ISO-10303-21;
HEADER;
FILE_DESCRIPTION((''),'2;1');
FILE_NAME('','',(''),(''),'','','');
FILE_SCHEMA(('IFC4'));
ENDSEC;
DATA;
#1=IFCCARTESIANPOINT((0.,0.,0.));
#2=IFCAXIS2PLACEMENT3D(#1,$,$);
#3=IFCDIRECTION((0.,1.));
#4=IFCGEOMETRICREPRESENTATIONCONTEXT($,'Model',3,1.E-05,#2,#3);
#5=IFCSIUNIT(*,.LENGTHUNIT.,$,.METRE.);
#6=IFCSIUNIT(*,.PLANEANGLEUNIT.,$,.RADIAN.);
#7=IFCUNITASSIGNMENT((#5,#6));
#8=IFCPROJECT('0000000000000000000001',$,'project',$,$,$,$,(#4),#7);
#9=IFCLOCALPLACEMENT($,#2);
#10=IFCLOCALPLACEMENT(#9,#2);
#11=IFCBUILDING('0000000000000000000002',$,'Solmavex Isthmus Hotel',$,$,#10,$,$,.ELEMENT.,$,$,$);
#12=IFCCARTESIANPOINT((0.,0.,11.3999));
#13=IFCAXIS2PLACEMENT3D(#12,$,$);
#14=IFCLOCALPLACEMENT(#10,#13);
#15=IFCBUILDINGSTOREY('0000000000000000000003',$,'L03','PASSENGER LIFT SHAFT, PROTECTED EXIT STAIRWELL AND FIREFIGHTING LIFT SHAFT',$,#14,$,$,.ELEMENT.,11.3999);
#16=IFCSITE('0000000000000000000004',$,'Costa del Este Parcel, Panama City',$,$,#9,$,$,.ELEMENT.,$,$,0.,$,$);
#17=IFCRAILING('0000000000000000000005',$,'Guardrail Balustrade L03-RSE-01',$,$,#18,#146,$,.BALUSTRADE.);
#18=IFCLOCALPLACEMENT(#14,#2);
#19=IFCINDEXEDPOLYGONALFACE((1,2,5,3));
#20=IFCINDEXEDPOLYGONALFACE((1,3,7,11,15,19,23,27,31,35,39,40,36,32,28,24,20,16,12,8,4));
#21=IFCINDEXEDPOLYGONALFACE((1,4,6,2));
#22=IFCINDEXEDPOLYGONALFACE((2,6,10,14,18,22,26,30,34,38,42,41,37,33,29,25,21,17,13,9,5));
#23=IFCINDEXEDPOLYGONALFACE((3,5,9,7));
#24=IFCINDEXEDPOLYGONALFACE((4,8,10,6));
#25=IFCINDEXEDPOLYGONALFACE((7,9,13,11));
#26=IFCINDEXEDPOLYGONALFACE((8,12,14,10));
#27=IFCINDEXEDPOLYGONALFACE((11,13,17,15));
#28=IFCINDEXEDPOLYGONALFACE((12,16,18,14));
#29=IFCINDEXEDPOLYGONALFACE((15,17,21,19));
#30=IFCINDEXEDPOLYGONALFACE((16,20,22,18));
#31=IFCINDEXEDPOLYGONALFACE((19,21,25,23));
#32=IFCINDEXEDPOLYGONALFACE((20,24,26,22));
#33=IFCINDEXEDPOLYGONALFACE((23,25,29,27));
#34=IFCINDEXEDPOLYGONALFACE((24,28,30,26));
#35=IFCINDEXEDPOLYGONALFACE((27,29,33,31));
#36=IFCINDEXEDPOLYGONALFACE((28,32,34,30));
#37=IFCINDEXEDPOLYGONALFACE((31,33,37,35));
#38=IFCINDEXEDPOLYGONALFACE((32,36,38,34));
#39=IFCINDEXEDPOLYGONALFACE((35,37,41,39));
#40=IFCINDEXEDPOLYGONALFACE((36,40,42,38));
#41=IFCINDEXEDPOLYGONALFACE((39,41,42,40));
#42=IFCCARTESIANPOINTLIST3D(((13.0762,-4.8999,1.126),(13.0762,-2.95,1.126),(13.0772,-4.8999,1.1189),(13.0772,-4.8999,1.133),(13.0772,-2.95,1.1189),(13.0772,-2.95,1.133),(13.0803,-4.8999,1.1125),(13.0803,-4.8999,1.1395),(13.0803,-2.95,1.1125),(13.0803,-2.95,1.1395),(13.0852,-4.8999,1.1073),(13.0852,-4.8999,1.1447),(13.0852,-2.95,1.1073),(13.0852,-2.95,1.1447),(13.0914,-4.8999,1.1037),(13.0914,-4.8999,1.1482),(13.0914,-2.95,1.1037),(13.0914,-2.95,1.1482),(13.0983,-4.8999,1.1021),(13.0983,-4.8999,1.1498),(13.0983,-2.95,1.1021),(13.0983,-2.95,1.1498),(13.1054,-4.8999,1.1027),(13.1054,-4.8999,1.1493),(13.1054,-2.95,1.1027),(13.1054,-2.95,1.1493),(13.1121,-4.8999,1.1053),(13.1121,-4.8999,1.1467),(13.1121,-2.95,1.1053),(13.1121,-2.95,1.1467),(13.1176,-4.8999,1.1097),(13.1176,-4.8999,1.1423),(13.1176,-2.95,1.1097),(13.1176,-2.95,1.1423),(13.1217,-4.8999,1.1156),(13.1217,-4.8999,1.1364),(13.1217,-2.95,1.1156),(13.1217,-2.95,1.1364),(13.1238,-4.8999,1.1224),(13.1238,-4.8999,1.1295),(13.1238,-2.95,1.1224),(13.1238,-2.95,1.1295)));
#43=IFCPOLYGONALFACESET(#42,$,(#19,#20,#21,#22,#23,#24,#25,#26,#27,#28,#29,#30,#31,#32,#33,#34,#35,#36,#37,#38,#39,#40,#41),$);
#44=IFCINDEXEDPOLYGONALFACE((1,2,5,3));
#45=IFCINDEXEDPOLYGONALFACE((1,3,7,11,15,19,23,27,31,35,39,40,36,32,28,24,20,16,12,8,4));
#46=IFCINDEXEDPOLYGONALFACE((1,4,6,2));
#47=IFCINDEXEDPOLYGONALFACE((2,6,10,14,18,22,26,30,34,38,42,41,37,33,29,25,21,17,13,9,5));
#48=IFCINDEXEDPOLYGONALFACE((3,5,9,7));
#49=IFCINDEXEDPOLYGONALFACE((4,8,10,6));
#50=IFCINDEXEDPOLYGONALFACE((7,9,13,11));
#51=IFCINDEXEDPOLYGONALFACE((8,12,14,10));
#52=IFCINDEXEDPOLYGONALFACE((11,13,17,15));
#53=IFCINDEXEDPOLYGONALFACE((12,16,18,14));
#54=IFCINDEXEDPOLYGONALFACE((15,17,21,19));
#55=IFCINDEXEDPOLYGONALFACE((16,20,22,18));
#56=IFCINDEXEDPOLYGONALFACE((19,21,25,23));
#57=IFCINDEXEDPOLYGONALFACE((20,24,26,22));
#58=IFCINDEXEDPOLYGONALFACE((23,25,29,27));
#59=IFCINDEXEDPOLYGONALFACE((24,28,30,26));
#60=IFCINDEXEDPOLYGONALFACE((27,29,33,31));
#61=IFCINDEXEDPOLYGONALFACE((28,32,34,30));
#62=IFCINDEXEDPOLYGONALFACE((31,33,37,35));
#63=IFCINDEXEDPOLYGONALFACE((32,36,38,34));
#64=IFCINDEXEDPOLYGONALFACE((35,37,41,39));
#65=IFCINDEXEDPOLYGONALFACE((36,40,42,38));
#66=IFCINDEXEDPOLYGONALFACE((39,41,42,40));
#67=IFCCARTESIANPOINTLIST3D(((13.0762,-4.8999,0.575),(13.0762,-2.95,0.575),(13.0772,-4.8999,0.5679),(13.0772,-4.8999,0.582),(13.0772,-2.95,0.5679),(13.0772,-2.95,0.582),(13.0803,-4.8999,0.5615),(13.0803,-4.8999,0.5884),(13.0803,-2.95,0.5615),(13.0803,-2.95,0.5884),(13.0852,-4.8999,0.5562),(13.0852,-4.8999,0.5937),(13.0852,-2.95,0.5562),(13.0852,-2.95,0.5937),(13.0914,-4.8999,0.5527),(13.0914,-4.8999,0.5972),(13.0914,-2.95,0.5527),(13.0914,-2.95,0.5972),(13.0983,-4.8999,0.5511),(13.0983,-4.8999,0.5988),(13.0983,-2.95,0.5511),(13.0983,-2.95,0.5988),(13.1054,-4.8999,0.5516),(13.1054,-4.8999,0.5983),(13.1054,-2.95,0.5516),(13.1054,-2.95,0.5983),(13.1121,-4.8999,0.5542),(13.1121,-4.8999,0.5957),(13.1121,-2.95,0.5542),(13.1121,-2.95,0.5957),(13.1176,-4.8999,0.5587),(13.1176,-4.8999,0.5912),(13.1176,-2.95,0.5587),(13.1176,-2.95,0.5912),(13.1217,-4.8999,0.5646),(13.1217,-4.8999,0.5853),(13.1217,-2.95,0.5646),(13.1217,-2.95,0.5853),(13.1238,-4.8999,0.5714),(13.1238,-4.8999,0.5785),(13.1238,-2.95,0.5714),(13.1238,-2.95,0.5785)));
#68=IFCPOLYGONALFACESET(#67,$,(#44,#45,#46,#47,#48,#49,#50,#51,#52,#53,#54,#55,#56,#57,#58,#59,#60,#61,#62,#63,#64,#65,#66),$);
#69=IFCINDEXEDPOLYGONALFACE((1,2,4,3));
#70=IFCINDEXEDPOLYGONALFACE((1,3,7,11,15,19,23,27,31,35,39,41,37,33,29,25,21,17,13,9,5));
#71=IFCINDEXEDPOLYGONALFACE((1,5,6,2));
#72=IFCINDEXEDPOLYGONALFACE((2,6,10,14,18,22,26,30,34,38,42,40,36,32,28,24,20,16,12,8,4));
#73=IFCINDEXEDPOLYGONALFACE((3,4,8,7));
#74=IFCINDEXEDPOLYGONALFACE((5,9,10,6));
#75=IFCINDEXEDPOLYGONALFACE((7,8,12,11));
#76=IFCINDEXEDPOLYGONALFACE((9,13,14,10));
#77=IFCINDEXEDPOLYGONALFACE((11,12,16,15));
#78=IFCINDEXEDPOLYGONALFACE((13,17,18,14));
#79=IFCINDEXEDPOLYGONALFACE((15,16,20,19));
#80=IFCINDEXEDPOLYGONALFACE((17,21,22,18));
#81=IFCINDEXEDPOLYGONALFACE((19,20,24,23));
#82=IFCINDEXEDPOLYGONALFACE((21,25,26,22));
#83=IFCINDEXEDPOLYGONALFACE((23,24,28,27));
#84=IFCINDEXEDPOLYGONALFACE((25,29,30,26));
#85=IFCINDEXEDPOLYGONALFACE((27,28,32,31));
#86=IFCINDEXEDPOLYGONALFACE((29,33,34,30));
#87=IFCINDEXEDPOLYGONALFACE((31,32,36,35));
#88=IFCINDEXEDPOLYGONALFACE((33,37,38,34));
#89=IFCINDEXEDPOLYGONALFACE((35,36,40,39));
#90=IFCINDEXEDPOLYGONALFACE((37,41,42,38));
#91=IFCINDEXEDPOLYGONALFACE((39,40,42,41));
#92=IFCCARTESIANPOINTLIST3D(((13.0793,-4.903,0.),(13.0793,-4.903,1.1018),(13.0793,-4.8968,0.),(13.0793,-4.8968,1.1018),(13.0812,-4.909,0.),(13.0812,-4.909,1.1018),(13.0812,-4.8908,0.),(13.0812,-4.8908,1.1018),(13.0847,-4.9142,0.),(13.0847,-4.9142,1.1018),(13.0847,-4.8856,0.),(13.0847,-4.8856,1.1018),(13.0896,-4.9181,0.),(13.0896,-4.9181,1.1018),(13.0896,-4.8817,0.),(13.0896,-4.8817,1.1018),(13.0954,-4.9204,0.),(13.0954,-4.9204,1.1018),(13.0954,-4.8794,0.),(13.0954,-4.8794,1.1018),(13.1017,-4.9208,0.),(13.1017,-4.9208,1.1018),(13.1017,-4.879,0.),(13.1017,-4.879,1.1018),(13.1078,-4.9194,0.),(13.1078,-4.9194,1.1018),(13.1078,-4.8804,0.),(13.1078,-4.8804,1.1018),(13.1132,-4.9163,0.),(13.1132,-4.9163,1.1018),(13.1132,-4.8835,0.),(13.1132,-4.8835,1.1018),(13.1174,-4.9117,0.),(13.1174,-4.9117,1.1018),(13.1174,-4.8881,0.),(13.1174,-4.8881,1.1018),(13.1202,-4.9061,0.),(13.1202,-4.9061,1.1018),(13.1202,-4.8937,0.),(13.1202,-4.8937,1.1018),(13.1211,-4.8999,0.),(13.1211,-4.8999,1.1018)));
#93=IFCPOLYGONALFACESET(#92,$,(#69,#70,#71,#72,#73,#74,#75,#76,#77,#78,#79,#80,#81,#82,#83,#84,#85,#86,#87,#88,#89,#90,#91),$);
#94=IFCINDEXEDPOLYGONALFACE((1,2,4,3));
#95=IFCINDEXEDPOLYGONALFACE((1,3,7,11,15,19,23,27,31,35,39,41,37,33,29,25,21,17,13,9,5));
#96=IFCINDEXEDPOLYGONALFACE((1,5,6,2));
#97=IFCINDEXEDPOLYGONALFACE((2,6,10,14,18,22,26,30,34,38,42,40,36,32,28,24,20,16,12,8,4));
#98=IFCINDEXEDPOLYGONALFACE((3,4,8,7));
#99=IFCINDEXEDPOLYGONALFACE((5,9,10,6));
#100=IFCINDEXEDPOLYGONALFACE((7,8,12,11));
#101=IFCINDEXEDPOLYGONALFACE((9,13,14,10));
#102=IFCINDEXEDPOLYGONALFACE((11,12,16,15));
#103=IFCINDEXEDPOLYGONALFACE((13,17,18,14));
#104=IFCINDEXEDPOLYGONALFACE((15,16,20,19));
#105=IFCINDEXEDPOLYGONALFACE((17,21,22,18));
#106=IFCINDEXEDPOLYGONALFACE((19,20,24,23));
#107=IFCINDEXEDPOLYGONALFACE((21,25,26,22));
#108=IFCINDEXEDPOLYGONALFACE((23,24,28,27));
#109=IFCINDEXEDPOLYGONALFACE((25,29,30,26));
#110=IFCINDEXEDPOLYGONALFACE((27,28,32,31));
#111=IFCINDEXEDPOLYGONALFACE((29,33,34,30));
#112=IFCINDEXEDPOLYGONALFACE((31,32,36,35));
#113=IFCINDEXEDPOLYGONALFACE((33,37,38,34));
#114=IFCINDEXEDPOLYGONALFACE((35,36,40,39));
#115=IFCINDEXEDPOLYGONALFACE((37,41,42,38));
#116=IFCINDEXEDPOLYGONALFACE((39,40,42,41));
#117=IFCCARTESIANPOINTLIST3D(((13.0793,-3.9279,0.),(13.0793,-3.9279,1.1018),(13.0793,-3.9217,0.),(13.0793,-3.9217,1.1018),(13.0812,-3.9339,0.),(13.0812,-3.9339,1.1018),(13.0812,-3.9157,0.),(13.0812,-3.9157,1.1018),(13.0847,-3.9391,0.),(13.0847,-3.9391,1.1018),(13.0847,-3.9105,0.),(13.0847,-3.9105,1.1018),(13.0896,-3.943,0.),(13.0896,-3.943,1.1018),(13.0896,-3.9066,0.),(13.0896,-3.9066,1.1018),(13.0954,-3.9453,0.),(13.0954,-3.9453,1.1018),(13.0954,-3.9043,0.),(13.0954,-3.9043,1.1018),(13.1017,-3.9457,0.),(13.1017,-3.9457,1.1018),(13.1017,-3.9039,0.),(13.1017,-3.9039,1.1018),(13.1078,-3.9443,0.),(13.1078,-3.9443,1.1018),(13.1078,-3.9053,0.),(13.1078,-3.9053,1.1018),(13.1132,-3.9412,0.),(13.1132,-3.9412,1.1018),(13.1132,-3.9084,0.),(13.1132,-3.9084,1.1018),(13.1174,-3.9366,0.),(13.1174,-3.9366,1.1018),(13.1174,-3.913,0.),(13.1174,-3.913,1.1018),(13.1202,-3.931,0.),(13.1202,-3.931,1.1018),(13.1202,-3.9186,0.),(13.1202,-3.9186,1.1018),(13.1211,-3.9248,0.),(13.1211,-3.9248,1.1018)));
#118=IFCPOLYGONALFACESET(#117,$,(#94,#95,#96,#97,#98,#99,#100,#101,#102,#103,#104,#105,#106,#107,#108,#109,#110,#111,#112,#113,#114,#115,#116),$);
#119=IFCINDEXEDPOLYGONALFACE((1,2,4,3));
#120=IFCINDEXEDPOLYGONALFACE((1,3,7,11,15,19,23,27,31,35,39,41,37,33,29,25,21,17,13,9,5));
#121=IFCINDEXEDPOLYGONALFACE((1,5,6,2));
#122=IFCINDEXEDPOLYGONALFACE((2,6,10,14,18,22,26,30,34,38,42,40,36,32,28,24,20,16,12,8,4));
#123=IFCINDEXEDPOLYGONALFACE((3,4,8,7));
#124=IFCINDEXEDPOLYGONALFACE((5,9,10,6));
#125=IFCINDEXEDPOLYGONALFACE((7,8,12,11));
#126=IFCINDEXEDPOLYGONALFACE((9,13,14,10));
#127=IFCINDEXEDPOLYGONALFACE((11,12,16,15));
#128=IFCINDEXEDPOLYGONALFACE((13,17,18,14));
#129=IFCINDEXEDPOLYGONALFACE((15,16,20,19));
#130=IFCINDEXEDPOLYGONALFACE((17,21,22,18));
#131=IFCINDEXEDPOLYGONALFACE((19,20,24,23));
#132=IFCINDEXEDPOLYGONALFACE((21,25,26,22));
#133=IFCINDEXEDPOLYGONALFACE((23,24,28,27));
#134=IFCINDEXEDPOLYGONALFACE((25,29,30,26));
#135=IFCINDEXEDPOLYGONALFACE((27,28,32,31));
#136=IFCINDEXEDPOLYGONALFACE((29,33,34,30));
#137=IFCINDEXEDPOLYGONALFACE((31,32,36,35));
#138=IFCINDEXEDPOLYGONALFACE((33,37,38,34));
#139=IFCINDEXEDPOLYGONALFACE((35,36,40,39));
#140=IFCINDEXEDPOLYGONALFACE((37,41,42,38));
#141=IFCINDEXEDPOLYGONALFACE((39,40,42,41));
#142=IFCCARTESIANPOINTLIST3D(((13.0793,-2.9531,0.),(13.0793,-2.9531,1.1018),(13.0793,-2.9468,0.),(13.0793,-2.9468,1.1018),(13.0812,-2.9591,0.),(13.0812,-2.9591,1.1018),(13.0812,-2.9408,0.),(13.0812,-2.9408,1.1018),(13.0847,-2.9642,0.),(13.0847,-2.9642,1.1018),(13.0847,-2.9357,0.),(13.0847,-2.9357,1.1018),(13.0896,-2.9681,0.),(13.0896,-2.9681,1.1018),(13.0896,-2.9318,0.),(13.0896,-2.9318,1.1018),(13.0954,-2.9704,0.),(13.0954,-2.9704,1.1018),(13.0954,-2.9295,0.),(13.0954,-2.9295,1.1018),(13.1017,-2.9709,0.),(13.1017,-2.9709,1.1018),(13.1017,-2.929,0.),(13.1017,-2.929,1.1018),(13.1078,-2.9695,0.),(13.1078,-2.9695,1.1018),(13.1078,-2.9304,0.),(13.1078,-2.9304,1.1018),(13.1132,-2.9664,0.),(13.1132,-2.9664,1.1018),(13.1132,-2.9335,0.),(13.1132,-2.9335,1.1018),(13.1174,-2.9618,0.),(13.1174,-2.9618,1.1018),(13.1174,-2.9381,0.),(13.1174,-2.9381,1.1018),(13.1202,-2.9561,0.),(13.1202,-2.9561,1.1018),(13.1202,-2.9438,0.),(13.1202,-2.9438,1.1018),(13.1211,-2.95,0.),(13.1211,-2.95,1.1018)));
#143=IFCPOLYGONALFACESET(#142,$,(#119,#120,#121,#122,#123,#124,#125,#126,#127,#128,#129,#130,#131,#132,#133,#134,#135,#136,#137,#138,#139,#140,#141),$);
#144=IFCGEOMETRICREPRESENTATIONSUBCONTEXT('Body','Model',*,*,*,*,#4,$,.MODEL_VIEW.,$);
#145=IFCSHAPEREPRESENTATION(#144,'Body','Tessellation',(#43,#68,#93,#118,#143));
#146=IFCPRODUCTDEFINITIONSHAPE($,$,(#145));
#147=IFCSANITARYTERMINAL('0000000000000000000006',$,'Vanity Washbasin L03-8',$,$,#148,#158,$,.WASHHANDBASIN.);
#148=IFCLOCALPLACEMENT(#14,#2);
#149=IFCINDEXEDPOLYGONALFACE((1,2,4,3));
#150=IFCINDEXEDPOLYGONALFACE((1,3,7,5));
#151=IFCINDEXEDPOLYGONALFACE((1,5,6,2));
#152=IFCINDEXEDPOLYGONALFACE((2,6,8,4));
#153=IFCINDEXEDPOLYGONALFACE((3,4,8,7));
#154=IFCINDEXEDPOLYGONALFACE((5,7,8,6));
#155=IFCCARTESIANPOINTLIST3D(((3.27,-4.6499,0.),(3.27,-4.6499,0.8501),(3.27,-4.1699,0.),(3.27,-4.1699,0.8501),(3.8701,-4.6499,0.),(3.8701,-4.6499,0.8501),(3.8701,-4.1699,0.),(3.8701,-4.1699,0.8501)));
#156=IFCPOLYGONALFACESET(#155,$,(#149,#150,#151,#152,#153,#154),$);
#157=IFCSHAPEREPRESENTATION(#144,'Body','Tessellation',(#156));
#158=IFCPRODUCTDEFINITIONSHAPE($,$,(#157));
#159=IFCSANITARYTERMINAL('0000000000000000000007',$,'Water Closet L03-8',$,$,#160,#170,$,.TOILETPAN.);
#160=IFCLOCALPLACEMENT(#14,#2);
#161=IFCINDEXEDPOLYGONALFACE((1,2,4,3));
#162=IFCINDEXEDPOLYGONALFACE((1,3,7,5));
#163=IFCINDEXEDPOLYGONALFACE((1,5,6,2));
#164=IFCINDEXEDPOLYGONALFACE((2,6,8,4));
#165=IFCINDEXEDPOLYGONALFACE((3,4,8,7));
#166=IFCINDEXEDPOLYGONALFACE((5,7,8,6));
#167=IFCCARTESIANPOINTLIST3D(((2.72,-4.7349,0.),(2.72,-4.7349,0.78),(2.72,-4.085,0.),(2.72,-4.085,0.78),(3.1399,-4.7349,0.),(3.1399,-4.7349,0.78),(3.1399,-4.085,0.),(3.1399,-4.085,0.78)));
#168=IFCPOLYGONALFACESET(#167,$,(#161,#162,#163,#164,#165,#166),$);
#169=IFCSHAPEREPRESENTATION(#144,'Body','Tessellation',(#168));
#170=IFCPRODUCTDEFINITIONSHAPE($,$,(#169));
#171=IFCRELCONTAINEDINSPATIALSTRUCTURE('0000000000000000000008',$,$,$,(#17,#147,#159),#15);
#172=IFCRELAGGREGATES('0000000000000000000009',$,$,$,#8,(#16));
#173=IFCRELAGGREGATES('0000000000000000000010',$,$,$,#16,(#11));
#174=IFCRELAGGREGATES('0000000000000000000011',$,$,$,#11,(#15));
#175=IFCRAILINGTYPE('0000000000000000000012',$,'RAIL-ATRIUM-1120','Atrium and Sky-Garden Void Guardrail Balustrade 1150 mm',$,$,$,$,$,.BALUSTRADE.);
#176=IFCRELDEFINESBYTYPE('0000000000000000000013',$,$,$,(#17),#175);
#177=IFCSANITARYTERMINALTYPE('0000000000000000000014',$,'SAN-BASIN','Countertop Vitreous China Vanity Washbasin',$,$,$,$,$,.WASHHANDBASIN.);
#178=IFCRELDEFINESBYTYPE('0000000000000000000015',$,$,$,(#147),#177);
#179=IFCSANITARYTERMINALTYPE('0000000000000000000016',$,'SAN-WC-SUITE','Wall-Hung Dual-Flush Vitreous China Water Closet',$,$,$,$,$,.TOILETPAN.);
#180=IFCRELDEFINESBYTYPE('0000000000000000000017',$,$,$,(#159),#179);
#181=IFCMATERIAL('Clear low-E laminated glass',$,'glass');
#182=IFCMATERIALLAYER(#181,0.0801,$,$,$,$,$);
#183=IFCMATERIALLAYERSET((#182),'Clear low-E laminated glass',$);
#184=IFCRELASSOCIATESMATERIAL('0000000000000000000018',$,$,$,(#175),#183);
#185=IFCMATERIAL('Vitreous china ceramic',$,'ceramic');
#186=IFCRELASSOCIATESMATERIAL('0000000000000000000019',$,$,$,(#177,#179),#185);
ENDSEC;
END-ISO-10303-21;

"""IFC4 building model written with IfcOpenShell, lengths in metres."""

from ifc_helpers import new_model, si_unit, direction, frame, origin, origin_2d, place, context, subcontext, project, spatial, rectangle, circle, extrude, material, layer, layer_set, type_object, element, save


model = new_model("IFC4")

# Units and contexts
model_context = context("Model", 3, precision=1e-05, world=origin(), true_north=direction((0.0, 1.0)))
body_context = subcontext(model_context, "Body", "Model", "MODEL_VIEW")
ifc_project = project(units=[si_unit("LENGTHUNIT", "METRE"), si_unit("PLANEANGLEUNIT", "RADIAN")], contexts=[model_context])

# Site, building, storey
site_placement = place(None, origin())
site = spatial("IfcSite", under=ifc_project, at=site_placement, Name="Costa del Este Parcel, Panama City", CompositionType="ELEMENT", RefElevation=0.0)
building_placement = place(site_placement, origin())
building = spatial("IfcBuilding", under=site, at=building_placement, Name="Solmavex Isthmus Hotel", CompositionType="ELEMENT")
storey_placement = place(building_placement, frame((0.0, 0.0, 11.3999)))
storey = spatial("IfcBuildingStorey", under=building, at=storey_placement, Name="L03", Description="PASSENGER LIFT SHAFT, PROTECTED EXIT STAIRWELL AND FIREFIGHTING LIFT SHAFT", CompositionType="ELEMENT", Elevation=11.3999)

# Railing
ifc_material_1 = material(Name="Clear low-E laminated glass", Category="glass")
ifc_layer_1 = layer(ifc_material_1, 0.0801)
ifc_layer_set_1 = layer_set([ifc_layer_1], Name="Clear low-E laminated glass")
railing_type_1 = type_object("IfcRailingType", Name="RAIL-ATRIUM-1120", Description="Atrium and Sky-Garden Void Guardrail Balustrade 1150 mm", PredefinedType="BALUSTRADE", material=ifc_layer_set_1)
railing_1_placement = place(storey_placement, frame((13.1001, -4.8999, 0.0)))
element("IfcRailing", 1, at=railing_1_placement, inside=storey, type_object=railing_type_1, Name="Guardrail Balustrade L03-RSE-01", PredefinedType="BALUSTRADE", context=body_context, shape_type="SweptSolid", body=[
    extrude(circle(Radius=0.0239, at=origin_2d()), frame((0.0, 0.0, 1.126), z_axis=(0.0, 1.0, 0.0), x_axis=(-1.0, 0.0, 0.0)), (0.0, 0.0, 1.0), 1.95),
    extrude(circle(Radius=0.0239, at=origin_2d()), frame((0.0, 0.0, 0.575), z_axis=(0.0, 1.0, 0.0), x_axis=(-1.0, 0.0, 0.0)), (0.0, 0.0, 1.0), 1.95),
    extrude(circle(Radius=0.021, at=origin_2d()), origin(), (0.0, 0.0, 1.0), 1.1018),
    extrude(circle(Radius=0.021, at=origin_2d()), frame((0.0, 0.9751, 0.0)), (0.0, 0.0, 1.0), 1.1018),
    extrude(circle(Radius=0.021, at=origin_2d()), frame((0.0, 1.95, 0.0)), (0.0, 0.0, 1.0), 1.1018),
])

# Sanitary terminals
ifc_material_2 = material(Name="Vitreous china ceramic", Category="ceramic")
sanitary_terminal_type_1 = type_object("IfcSanitaryTerminalType", Name="SAN-BASIN", Description="Countertop Vitreous China Vanity Washbasin", PredefinedType="WASHHANDBASIN", material=ifc_material_2)
sanitary_terminal_1_placement = place(storey_placement, frame((3.5701, -4.4099, 0.0), z_axis=(0.0, 0.0, 1.0), x_axis=(1.0, 0.0, 0.0)))
element("IfcSanitaryTerminal", 2, at=sanitary_terminal_1_placement, inside=storey, type_object=sanitary_terminal_type_1, Name="Vanity Washbasin L03-8", PredefinedType="WASHHANDBASIN", context=body_context, shape_type="SweptSolid", body=[
    extrude(rectangle(XDim=0.6001, YDim=0.48, at=origin_2d()), origin(), (0.0, 0.0, 1.0), 0.8501),
])
sanitary_terminal_type_2 = type_object("IfcSanitaryTerminalType", Name="SAN-WC-SUITE", Description="Wall-Hung Dual-Flush Vitreous China Water Closet", PredefinedType="TOILETPAN", material=ifc_material_2)
sanitary_terminal_2_placement = place(storey_placement, frame((2.9299, -4.4099, 0.0), z_axis=(0.0, 0.0, 1.0), x_axis=(1.0, 0.0, 0.0)))
element("IfcSanitaryTerminal", 3, at=sanitary_terminal_2_placement, inside=storey, type_object=sanitary_terminal_type_2, Name="Water Closet L03-8", PredefinedType="TOILETPAN", context=body_context, shape_type="SweptSolid", body=[
    extrude(rectangle(XDim=0.4199, YDim=0.6499, at=origin_2d()), origin(), (0.0, 0.0, 1.0), 0.78),
])

save(model, "model.ifc")
